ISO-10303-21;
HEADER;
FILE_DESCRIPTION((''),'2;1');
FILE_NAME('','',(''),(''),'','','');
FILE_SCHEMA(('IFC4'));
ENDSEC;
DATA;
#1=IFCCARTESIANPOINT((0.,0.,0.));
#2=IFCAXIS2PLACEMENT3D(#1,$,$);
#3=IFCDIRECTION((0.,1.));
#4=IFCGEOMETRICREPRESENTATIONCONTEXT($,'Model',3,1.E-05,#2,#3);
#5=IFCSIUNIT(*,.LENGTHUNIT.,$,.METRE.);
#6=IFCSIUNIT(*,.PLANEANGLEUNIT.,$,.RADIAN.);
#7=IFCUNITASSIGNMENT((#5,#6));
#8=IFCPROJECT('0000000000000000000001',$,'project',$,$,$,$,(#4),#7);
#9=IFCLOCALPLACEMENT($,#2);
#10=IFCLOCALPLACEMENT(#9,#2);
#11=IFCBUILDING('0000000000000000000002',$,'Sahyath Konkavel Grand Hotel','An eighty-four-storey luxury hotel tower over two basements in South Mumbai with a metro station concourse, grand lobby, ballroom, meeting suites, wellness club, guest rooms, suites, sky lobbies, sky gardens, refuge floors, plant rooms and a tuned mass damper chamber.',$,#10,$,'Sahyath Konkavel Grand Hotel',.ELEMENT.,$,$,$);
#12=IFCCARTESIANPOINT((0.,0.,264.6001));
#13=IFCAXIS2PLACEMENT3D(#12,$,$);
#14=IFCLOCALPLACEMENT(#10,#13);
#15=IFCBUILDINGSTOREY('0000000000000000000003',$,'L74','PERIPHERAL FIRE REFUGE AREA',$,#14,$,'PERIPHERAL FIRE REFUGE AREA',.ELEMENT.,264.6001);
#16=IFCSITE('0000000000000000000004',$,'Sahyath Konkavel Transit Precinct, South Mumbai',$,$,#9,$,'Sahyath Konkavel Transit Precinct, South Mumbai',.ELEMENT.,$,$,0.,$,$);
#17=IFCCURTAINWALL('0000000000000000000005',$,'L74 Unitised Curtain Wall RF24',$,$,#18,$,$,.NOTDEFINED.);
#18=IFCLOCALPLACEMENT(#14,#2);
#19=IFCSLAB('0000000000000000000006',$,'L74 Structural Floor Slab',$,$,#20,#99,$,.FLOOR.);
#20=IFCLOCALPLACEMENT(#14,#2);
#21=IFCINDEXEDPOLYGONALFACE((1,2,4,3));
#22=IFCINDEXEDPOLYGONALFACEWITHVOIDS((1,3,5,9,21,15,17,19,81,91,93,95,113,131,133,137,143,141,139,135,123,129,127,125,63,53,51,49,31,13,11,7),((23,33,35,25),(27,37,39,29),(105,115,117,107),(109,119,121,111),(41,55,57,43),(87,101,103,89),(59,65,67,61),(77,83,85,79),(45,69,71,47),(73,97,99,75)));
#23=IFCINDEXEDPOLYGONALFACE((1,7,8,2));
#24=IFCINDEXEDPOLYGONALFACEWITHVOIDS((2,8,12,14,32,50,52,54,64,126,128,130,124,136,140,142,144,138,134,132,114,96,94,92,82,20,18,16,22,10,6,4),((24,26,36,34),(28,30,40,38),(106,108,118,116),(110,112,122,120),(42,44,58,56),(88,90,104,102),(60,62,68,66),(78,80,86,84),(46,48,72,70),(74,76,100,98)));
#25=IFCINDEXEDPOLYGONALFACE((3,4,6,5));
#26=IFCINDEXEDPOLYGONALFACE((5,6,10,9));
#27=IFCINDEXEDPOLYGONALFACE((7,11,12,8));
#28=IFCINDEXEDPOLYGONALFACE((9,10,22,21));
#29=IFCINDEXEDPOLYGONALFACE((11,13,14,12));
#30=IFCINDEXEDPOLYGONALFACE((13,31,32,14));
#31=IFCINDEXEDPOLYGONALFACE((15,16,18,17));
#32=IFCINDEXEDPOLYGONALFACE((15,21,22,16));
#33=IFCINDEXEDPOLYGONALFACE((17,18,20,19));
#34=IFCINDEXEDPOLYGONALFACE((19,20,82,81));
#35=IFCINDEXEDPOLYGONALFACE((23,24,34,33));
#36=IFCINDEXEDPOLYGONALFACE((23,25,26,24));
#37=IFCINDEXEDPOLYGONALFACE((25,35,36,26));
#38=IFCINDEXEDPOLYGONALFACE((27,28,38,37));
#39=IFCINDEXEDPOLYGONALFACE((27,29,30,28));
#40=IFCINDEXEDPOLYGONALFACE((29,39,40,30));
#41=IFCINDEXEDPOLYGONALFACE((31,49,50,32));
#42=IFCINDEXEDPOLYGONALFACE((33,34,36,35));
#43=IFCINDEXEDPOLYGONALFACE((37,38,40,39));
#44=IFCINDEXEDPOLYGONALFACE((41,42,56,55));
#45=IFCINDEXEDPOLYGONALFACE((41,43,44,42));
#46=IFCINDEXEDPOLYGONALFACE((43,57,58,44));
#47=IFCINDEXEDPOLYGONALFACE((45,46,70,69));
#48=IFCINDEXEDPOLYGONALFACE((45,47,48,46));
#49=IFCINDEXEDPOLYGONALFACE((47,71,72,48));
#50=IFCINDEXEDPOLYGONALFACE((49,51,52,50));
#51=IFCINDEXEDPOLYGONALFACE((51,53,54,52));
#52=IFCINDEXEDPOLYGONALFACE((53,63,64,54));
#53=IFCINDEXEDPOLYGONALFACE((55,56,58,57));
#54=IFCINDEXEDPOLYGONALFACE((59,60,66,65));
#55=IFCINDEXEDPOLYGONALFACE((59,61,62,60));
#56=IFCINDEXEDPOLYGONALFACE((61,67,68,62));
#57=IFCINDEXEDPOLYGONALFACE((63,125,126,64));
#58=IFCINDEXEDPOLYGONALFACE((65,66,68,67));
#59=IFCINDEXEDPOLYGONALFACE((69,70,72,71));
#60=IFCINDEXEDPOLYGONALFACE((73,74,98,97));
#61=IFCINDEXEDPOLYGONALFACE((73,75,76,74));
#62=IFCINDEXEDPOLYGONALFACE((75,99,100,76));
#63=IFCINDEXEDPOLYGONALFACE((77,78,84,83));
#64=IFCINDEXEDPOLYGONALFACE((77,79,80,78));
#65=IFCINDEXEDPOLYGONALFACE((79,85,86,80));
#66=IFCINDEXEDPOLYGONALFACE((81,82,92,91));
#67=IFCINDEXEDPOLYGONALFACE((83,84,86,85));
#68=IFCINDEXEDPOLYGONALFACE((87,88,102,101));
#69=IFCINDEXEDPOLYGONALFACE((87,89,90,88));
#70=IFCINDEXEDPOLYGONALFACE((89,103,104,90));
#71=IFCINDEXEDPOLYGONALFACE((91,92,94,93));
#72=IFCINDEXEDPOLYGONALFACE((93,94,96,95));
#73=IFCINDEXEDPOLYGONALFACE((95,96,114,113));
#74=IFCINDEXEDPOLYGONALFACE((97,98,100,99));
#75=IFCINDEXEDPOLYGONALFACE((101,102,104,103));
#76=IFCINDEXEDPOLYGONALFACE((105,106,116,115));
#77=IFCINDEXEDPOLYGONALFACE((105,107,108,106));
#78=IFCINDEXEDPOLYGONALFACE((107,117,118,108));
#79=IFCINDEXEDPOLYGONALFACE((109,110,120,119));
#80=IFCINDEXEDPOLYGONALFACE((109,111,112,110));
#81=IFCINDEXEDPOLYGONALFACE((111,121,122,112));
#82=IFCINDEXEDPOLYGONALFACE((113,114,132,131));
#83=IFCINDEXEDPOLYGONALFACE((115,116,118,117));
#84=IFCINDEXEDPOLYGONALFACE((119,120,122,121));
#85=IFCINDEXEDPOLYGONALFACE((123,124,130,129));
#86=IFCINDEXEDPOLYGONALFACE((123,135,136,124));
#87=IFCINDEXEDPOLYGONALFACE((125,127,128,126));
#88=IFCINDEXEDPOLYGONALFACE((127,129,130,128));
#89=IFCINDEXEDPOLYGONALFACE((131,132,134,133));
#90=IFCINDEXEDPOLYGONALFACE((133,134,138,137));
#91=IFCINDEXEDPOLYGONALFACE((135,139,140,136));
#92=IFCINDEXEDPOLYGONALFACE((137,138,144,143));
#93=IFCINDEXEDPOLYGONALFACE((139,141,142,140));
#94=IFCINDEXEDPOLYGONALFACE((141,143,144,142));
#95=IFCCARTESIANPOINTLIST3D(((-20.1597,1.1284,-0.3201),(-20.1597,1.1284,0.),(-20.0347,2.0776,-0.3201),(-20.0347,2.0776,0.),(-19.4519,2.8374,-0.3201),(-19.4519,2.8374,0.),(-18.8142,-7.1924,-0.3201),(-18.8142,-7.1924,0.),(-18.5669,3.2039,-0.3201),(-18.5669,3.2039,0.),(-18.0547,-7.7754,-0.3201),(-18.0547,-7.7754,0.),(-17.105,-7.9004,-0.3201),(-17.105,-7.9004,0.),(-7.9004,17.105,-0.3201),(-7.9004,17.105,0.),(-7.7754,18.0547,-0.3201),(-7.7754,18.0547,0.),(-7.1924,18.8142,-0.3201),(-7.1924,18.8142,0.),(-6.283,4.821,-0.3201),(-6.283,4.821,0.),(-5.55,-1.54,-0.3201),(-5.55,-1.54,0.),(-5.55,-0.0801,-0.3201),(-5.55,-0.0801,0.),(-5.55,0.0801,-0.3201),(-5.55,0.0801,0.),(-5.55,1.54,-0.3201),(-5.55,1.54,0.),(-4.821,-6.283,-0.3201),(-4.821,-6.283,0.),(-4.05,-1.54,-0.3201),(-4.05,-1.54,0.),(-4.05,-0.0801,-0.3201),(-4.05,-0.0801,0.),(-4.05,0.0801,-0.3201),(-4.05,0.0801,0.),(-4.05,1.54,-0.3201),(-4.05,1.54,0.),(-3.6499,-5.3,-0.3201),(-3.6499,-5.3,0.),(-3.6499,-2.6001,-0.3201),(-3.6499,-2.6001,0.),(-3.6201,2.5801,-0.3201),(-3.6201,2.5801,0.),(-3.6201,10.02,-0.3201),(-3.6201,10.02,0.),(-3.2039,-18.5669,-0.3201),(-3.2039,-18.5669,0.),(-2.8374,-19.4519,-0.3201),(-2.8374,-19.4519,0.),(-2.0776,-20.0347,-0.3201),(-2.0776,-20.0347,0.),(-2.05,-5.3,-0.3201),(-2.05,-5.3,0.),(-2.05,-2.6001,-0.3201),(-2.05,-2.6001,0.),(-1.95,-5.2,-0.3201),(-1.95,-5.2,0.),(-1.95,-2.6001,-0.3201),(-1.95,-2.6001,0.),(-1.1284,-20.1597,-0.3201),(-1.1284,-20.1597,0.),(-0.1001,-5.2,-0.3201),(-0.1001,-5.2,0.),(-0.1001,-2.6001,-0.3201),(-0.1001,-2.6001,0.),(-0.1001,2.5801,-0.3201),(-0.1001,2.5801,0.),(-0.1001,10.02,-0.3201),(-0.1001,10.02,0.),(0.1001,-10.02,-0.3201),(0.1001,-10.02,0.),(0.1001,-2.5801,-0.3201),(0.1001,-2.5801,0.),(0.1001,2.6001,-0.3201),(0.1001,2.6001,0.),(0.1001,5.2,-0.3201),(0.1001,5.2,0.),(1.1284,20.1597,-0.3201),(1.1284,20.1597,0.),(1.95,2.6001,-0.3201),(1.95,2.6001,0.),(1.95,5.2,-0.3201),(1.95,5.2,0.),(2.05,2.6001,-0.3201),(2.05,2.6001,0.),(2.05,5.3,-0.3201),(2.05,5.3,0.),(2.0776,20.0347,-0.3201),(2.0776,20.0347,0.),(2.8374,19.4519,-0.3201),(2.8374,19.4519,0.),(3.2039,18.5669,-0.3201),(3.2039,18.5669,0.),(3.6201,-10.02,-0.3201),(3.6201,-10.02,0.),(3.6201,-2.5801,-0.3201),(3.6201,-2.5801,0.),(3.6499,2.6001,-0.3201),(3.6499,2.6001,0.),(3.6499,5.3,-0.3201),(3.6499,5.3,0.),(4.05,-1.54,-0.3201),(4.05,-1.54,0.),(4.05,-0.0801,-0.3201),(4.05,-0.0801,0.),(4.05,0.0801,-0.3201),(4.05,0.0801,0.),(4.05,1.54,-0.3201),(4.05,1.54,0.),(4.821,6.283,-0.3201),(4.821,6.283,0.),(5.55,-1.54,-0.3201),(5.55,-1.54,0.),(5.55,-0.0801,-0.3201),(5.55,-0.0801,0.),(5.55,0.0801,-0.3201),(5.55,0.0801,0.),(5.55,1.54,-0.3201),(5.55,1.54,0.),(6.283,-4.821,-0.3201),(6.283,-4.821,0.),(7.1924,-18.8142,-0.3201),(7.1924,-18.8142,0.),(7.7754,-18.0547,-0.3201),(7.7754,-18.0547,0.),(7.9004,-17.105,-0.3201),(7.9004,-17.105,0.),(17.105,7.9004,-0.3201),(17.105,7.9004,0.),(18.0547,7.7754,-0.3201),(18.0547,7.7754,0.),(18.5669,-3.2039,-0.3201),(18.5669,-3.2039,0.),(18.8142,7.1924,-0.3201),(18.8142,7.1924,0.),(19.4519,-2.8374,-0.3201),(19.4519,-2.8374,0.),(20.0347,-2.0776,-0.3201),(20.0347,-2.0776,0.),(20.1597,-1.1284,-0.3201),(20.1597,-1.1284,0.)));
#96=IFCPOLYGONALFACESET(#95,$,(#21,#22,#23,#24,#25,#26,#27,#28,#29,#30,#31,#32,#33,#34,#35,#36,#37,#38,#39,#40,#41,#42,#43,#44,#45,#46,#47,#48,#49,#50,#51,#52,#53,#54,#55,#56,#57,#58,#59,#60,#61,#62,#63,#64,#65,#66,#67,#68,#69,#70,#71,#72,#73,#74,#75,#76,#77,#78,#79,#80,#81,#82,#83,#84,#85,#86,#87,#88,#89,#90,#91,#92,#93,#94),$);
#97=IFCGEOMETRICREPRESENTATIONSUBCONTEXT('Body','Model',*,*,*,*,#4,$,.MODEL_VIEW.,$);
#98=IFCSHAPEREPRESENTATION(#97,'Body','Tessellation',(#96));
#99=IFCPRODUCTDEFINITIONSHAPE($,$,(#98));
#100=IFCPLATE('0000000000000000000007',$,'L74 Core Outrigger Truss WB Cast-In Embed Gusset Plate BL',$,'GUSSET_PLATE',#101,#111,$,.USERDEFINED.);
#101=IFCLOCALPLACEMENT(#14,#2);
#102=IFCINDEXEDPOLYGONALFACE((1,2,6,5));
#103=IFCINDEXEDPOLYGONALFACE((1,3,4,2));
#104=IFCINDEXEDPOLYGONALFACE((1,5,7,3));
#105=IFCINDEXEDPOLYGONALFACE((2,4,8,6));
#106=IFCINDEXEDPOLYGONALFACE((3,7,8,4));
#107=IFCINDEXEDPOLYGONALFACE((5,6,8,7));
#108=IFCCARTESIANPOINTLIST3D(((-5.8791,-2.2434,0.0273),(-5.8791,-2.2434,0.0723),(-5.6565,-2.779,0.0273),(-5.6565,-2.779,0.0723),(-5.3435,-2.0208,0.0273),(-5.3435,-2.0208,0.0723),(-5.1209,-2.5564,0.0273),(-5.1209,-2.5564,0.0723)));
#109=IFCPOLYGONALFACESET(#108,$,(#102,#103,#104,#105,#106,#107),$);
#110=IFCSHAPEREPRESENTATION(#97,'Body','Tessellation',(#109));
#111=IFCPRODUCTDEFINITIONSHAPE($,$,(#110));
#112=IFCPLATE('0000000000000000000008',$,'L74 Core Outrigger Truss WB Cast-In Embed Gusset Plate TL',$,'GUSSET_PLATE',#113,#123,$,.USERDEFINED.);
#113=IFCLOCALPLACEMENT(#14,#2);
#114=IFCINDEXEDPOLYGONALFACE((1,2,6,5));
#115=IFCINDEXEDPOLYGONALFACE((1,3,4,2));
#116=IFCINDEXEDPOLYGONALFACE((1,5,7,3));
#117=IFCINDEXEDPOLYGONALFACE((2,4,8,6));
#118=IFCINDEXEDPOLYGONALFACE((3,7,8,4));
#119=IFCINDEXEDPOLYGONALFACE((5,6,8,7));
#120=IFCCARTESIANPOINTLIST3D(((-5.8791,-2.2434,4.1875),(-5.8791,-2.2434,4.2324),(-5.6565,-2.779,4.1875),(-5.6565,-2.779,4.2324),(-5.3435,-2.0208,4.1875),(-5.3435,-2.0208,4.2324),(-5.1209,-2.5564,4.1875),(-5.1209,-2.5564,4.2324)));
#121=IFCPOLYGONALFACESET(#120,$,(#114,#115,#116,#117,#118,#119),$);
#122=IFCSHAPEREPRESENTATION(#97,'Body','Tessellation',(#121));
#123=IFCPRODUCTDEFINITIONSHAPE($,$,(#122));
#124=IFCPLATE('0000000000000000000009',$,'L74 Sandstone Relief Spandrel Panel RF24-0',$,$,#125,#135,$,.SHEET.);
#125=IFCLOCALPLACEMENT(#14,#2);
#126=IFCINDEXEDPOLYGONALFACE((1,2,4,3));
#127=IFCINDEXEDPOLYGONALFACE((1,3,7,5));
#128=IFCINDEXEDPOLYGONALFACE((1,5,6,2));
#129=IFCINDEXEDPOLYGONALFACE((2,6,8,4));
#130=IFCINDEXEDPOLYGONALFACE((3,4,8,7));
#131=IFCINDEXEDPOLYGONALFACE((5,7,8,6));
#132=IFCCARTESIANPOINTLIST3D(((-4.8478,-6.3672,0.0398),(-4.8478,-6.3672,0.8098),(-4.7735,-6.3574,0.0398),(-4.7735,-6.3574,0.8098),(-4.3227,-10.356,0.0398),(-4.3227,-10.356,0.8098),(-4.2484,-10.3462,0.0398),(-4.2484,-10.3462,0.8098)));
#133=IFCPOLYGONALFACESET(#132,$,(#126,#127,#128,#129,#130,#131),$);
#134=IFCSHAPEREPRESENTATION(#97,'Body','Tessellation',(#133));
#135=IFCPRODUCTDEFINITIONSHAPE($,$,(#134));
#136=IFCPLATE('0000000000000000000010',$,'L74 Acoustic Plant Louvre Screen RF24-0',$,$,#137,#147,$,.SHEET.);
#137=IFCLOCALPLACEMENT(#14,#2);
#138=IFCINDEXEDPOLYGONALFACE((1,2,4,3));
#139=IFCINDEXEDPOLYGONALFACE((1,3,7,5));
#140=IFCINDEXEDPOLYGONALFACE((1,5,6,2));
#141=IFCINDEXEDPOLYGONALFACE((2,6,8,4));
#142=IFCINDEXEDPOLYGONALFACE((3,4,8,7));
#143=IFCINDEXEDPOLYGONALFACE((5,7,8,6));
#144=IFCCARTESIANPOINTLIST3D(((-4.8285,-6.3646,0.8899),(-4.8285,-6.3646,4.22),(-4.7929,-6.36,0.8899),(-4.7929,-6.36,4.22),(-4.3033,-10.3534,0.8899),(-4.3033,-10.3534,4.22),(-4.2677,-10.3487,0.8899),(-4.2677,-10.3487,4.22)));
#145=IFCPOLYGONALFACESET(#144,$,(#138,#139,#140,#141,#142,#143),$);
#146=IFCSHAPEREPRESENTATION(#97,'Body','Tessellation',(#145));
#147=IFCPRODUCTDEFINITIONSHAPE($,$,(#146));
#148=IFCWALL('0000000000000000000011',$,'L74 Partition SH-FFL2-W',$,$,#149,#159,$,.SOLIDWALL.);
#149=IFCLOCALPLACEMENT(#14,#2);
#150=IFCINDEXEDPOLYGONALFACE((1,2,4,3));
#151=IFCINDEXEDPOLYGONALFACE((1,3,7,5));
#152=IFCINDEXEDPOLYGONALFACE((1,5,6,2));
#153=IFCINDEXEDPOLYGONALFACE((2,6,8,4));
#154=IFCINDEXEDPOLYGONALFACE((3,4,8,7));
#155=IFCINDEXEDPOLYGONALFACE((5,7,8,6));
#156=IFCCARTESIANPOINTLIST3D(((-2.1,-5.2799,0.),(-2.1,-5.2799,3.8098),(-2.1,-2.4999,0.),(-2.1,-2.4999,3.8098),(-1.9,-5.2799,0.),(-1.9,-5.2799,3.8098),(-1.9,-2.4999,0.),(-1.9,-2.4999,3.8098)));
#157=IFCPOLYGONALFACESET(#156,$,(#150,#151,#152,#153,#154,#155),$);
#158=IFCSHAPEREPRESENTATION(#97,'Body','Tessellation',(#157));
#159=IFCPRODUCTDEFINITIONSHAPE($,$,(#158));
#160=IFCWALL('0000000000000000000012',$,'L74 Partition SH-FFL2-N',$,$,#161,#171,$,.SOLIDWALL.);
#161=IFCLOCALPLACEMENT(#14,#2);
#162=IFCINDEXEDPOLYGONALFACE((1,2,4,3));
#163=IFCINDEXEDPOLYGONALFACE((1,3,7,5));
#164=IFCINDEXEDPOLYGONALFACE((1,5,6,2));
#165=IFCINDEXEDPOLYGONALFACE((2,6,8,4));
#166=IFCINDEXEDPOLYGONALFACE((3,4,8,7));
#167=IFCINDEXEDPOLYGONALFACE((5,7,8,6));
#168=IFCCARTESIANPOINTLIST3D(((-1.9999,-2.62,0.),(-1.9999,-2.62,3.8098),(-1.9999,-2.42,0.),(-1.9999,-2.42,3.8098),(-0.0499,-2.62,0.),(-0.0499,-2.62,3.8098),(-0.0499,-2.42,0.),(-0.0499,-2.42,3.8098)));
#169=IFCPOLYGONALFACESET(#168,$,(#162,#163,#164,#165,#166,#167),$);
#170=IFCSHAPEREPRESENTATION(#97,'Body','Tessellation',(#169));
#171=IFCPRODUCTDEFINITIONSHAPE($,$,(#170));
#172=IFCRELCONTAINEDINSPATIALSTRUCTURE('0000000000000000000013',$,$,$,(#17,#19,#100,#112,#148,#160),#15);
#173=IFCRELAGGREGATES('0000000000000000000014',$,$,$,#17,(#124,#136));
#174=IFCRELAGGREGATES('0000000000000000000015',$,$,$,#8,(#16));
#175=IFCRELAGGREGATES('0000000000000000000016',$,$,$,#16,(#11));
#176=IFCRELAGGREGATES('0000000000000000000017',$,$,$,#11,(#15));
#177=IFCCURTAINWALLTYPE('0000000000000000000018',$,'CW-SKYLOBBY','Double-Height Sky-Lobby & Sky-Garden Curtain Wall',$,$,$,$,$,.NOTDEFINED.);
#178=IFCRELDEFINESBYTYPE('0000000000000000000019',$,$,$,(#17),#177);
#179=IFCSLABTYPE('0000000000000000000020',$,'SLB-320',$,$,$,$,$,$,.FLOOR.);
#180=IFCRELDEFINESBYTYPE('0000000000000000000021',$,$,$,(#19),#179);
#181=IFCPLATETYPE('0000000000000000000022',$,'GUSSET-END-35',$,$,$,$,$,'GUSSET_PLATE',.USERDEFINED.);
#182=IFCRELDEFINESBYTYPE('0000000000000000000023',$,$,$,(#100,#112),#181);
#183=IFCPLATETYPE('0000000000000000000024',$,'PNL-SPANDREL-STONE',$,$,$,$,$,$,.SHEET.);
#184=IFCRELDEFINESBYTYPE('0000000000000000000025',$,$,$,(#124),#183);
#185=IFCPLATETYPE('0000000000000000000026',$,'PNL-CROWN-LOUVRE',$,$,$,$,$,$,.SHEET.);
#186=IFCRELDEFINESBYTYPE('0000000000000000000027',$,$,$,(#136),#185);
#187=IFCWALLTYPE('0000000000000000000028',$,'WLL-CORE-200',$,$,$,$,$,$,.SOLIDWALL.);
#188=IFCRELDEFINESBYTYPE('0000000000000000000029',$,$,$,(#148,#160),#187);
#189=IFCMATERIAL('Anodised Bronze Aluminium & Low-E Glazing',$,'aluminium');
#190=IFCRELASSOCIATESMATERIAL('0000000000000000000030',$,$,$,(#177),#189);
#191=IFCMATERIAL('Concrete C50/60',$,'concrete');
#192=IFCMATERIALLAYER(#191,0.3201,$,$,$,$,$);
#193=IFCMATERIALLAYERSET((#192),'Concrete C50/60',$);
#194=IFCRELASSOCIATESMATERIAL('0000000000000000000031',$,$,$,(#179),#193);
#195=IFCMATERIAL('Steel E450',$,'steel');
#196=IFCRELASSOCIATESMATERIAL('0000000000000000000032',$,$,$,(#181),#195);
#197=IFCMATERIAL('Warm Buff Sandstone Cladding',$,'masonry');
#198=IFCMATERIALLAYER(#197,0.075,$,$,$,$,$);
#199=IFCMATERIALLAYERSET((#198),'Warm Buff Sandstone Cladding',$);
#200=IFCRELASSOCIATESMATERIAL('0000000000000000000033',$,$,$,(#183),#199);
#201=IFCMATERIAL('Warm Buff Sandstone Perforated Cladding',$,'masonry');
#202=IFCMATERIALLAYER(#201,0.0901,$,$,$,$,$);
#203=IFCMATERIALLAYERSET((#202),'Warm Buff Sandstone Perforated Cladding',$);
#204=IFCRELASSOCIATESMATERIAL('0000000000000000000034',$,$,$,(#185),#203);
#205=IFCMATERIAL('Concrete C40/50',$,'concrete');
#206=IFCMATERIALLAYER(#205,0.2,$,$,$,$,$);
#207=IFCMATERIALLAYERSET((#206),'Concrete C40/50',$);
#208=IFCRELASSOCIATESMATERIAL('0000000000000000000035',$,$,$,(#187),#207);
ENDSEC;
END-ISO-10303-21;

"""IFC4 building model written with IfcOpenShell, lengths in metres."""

from ifc_helpers import new_model, si_unit, direction, frame, frame_2d, origin, origin_2d, place, context, subcontext, project, spatial, polyline, rectangle, outline, extrude, source, transform, mapped, material, layer, layer_set, type_object, element, aggregate, save


model = new_model("IFC4")

# Units and contexts
model_context = context("Model", 3, precision=1e-05, world=origin(), true_north=direction((0.0, 1.0)))
body_context = subcontext(model_context, "Body", "Model", "MODEL_VIEW")
ifc_project = project(units=[si_unit("LENGTHUNIT", "METRE"), si_unit("PLANEANGLEUNIT", "RADIAN")], contexts=[model_context])

# Site, building, storey
site_placement = place(None, origin())
site = spatial("IfcSite", under=ifc_project, at=site_placement, Name="Sahyath Konkavel Transit Precinct, South Mumbai", LongName="Sahyath Konkavel Transit Precinct, South Mumbai", CompositionType="ELEMENT", RefElevation=0.0)
building_placement = place(site_placement, origin())
building = spatial("IfcBuilding", under=site, at=building_placement, Name="Sahyath Konkavel Grand Hotel", Description="An eighty-four-storey luxury hotel tower over two basements in South Mumbai with a metro station concourse, grand lobby, ballroom, meeting suites, wellness club, guest rooms, suites, sky lobbies, sky gardens, refuge floors, plant rooms and a tuned mass damper chamber.", LongName="Sahyath Konkavel Grand Hotel", CompositionType="ELEMENT")
storey_placement = place(building_placement, frame((0.0, 0.0, 264.6001)))
storey = spatial("IfcBuildingStorey", under=building, at=storey_placement, Name="L74", Description="PERIPHERAL FIRE REFUGE AREA", LongName="PERIPHERAL FIRE REFUGE AREA", CompositionType="ELEMENT", Elevation=264.6001)

# Shared definitions
ifc_material_1 = material(Name="Concrete C50/60", Category="concrete")
ifc_material_2 = material(Name="Concrete C40/50", Category="concrete")

# Shared definitions
ifc_material_3 = material(Name="Steel E450", Category="steel")

# Curtain wall
ifc_material_4 = material(Name="Anodised Bronze Aluminium & Low-E Glazing", Category="aluminium")
curtain_wall_type = type_object("IfcCurtainWallType", Name="CW-SKYLOBBY", Description="Double-Height Sky-Lobby & Sky-Garden Curtain Wall", PredefinedType="NOTDEFINED", material=ifc_material_4)
curtain_wall_placement = place(storey_placement, origin())
curtain_wall = element("IfcCurtainWall", 1, at=curtain_wall_placement, inside=storey, type_object=curtain_wall_type, Name="L74 Unitised Curtain Wall RF24", PredefinedType="NOTDEFINED")

# Slab
ifc_layer_1 = layer(ifc_material_1, 0.3201)
ifc_layer_set_1 = layer_set([ifc_layer_1], Name="Concrete C50/60")
slab_type = type_object("IfcSlabType", Name="SLB-320", PredefinedType="FLOOR", material=ifc_layer_set_1)
slab_placement = place(storey_placement, frame((0.0, 0.0, -0.3201)))
element("IfcSlab", 2, at=slab_placement, inside=storey, type_object=slab_type, Name="L74 Structural Floor Slab", PredefinedType="FLOOR", context=body_context, shape_type="SweptSolid", body=[
    extrude(outline(polyline([(6.283, -4.821), (18.5669, -3.2039), (19.4519, -2.8374), (20.0347, -2.0776), (20.1597, -1.1284), (18.8142, 7.1924), (18.0547, 7.7754), (17.105, 7.9004), (4.821, 6.283), (3.2039, 18.5669), (2.8374, 19.4519), (2.0776, 20.0347), (1.1284, 20.1597), (-7.1924, 18.8142), (-7.7754, 18.0547), (-7.9004, 17.105), (-6.283, 4.821), (-18.5669, 3.2039), (-19.4519, 2.8374), (-20.0347, 2.0776), (-20.1597, 1.1284), (-18.8142, -7.1924), (-18.0547, -7.7754), (-17.105, -7.9004), (-4.821, -6.283), (-3.2039, -18.5669), (-2.8374, -19.4519), (-2.0776, -20.0347), (-1.1284, -20.1597), (7.1924, -18.8142), (7.7754, -18.0547), (7.9004, -17.105), (6.283, -4.821)]), holes=[polyline([(-3.6201, 2.5801), (-0.1001, 2.5801), (-0.1001, 10.02), (-3.6201, 10.02), (-3.6201, 2.5801)]), polyline([(0.1001, -10.02), (3.6201, -10.02), (3.6201, -2.5801), (0.1001, -2.5801), (0.1001, -10.02)]), polyline([(0.1001, 2.6001), (1.95, 2.6001), (1.95, 5.2), (0.1001, 5.2), (0.1001, 2.6001)]), polyline([(-1.95, -5.2), (-0.1001, -5.2), (-0.1001, -2.6001), (-1.95, -2.6001), (-1.95, -5.2)]), polyline([(2.05, 2.6001), (3.6499, 2.6001), (3.6499, 5.3), (2.05, 5.3), (2.05, 2.6001)]), polyline([(-3.6499, -5.3), (-2.05, -5.3), (-2.05, -2.6001), (-3.6499, -2.6001), (-3.6499, -5.3)]), polyline([(4.05, 0.0801), (5.55, 0.0801), (5.55, 1.54), (4.05, 1.54), (4.05, 0.0801)]), polyline([(4.05, -1.54), (5.55, -1.54), (5.55, -0.0801), (4.05, -0.0801), (4.05, -1.54)]), polyline([(-5.55, 0.0801), (-4.05, 0.0801), (-4.05, 1.54), (-5.55, 1.54), (-5.55, 0.0801)]), polyline([(-5.55, -1.54), (-4.05, -1.54), (-4.05, -0.0801), (-5.55, -0.0801), (-5.55, -1.54)])]), origin(), (0.0, 0.0, 1.0), 0.3201),
])

# Plates
plate_type_1 = type_object("IfcPlateType", Name="GUSSET-END-35", ElementType="GUSSET_PLATE", PredefinedType="USERDEFINED", material=ifc_material_3)
shared_shape_1 = source(origin(), body_context, "Body", "SweptSolid", [
    extrude(rectangle(XDim=0.5801, YDim=0.5801, at=origin_2d()), origin(), (0.0, 0.0, 1.0), 0.0449),
])
for number, where, z_axis, x_axis, name in (
    (3, (-5.5, -2.3999, 0.0273), (0.0, 0.0, 1.0), (-0.923445, -0.383731, 0.0), "L74 Core Outrigger Truss WB Cast-In Embed Gusset Plate BL"),
    (4, (-5.5, -2.3999, 4.1875), (0.0, 0.0, 1.0), (-0.923445, -0.383731, 0.0), "L74 Core Outrigger Truss WB Cast-In Embed Gusset Plate TL"),
):
    element("IfcPlate", number, at=place(storey_placement, frame(where, z_axis=z_axis, x_axis=x_axis)), inside=storey, type_object=plate_type_1, Name=name, ObjectType="GUSSET_PLATE", PredefinedType="USERDEFINED", context=body_context, shape_type="MappedRepresentation", body=[
        mapped(shared_shape_1, transform((0.0, 0.0, 0.0), scale=1.0)),
    ])

# Plates
ifc_material_5 = material(Name="Warm Buff Sandstone Cladding", Category="masonry")
ifc_layer_2 = layer(ifc_material_5, 0.075)
ifc_layer_set_2 = layer_set([ifc_layer_2], Name="Warm Buff Sandstone Cladding")
plate_type_2 = type_object("IfcPlateType", Name="PNL-SPANDREL-STONE", PredefinedType="SHEET", material=ifc_layer_set_2)
shared_shape_2 = source(origin(), body_context, "Body", "SweptSolid", [
    extrude(rectangle(XDim=4.0232, YDim=0.075, at=origin_2d()), origin(), (0.0, 0.0, 1.0), 0.77),
])
plate_1_placement = place(storey_placement, frame((-4.5481, -8.3567, 0.0398), z_axis=(0.0, 0.0, 1.0), x_axis=(0.130526, -0.991445, 0.0)))
plate_1 = element("IfcPlate", 5, at=plate_1_placement, type_object=plate_type_2, Name="L74 Sandstone Relief Spandrel Panel RF24-0", PredefinedType="SHEET", context=body_context, shape_type="MappedRepresentation", body=[
    mapped(shared_shape_2, transform((0.0, 0.0, 0.0), scale=1.0)),
])
ifc_material_6 = material(Name="Warm Buff Sandstone Perforated Cladding", Category="masonry")
ifc_layer_3 = layer(ifc_material_6, 0.0901)
ifc_layer_set_3 = layer_set([ifc_layer_3], Name="Warm Buff Sandstone Perforated Cladding")
plate_type_3 = type_object("IfcPlateType", Name="PNL-CROWN-LOUVRE", PredefinedType="SHEET", material=ifc_layer_set_3)
shared_shape_3 = source(origin(), body_context, "Body", "SweptSolid", [
    extrude(rectangle(XDim=4.0232, YDim=0.0359, at=origin_2d()), origin(), (0.0, 0.0, 1.0), 3.3301),
])
plate_2_placement = place(storey_placement, frame((-4.5481, -8.3567, 0.8899), z_axis=(0.0, 0.0, 1.0), x_axis=(0.130526, -0.991445, 0.0)))
plate_2 = element("IfcPlate", 6, at=plate_2_placement, type_object=plate_type_3, Name="L74 Acoustic Plant Louvre Screen RF24-0", PredefinedType="SHEET", context=body_context, shape_type="MappedRepresentation", body=[
    mapped(shared_shape_3, transform((0.0, 0.0, 0.0), scale=1.0)),
])
aggregate(curtain_wall, [plate_1, plate_2])

# Walls
ifc_layer_4 = layer(ifc_material_2, 0.2)
ifc_layer_set_4 = layer_set([ifc_layer_4], Name="Concrete C40/50")
wall_type = type_object("IfcWallType", Name="WLL-CORE-200", PredefinedType="SOLIDWALL", material=ifc_layer_set_4)
wall_1_placement = place(storey_placement, frame((-2.0, -5.28, 0.0), z_axis=(0.0, 0.0, 1.0), x_axis=(0.0, 1.0, 0.0)))
element("IfcWall", 7, at=wall_1_placement, inside=storey, type_object=wall_type, Name="L74 Partition SH-FFL2-W", PredefinedType="SOLIDWALL", context=body_context, shape_type="SweptSolid", body=[
    extrude(rectangle(XDim=2.78, YDim=0.2, at=frame_2d((1.3901, 0.0))), origin(), (0.0, 0.0, 1.0), 3.8098),
])
wall_2_placement = place(storey_placement, frame((-2.0, -2.52, 0.0), z_axis=(0.0, 0.0, 1.0), x_axis=(1.0, 0.0, 0.0)))
element("IfcWall", 8, at=wall_2_placement, inside=storey, type_object=wall_type, Name="L74 Partition SH-FFL2-N", PredefinedType="SOLIDWALL", context=body_context, shape_type="SweptSolid", body=[
    extrude(rectangle(XDim=1.95, YDim=0.2, at=frame_2d((0.9751, 0.0))), origin(), (0.0, 0.0, 1.0), 3.8098),
])

save(model, "model.ifc")
